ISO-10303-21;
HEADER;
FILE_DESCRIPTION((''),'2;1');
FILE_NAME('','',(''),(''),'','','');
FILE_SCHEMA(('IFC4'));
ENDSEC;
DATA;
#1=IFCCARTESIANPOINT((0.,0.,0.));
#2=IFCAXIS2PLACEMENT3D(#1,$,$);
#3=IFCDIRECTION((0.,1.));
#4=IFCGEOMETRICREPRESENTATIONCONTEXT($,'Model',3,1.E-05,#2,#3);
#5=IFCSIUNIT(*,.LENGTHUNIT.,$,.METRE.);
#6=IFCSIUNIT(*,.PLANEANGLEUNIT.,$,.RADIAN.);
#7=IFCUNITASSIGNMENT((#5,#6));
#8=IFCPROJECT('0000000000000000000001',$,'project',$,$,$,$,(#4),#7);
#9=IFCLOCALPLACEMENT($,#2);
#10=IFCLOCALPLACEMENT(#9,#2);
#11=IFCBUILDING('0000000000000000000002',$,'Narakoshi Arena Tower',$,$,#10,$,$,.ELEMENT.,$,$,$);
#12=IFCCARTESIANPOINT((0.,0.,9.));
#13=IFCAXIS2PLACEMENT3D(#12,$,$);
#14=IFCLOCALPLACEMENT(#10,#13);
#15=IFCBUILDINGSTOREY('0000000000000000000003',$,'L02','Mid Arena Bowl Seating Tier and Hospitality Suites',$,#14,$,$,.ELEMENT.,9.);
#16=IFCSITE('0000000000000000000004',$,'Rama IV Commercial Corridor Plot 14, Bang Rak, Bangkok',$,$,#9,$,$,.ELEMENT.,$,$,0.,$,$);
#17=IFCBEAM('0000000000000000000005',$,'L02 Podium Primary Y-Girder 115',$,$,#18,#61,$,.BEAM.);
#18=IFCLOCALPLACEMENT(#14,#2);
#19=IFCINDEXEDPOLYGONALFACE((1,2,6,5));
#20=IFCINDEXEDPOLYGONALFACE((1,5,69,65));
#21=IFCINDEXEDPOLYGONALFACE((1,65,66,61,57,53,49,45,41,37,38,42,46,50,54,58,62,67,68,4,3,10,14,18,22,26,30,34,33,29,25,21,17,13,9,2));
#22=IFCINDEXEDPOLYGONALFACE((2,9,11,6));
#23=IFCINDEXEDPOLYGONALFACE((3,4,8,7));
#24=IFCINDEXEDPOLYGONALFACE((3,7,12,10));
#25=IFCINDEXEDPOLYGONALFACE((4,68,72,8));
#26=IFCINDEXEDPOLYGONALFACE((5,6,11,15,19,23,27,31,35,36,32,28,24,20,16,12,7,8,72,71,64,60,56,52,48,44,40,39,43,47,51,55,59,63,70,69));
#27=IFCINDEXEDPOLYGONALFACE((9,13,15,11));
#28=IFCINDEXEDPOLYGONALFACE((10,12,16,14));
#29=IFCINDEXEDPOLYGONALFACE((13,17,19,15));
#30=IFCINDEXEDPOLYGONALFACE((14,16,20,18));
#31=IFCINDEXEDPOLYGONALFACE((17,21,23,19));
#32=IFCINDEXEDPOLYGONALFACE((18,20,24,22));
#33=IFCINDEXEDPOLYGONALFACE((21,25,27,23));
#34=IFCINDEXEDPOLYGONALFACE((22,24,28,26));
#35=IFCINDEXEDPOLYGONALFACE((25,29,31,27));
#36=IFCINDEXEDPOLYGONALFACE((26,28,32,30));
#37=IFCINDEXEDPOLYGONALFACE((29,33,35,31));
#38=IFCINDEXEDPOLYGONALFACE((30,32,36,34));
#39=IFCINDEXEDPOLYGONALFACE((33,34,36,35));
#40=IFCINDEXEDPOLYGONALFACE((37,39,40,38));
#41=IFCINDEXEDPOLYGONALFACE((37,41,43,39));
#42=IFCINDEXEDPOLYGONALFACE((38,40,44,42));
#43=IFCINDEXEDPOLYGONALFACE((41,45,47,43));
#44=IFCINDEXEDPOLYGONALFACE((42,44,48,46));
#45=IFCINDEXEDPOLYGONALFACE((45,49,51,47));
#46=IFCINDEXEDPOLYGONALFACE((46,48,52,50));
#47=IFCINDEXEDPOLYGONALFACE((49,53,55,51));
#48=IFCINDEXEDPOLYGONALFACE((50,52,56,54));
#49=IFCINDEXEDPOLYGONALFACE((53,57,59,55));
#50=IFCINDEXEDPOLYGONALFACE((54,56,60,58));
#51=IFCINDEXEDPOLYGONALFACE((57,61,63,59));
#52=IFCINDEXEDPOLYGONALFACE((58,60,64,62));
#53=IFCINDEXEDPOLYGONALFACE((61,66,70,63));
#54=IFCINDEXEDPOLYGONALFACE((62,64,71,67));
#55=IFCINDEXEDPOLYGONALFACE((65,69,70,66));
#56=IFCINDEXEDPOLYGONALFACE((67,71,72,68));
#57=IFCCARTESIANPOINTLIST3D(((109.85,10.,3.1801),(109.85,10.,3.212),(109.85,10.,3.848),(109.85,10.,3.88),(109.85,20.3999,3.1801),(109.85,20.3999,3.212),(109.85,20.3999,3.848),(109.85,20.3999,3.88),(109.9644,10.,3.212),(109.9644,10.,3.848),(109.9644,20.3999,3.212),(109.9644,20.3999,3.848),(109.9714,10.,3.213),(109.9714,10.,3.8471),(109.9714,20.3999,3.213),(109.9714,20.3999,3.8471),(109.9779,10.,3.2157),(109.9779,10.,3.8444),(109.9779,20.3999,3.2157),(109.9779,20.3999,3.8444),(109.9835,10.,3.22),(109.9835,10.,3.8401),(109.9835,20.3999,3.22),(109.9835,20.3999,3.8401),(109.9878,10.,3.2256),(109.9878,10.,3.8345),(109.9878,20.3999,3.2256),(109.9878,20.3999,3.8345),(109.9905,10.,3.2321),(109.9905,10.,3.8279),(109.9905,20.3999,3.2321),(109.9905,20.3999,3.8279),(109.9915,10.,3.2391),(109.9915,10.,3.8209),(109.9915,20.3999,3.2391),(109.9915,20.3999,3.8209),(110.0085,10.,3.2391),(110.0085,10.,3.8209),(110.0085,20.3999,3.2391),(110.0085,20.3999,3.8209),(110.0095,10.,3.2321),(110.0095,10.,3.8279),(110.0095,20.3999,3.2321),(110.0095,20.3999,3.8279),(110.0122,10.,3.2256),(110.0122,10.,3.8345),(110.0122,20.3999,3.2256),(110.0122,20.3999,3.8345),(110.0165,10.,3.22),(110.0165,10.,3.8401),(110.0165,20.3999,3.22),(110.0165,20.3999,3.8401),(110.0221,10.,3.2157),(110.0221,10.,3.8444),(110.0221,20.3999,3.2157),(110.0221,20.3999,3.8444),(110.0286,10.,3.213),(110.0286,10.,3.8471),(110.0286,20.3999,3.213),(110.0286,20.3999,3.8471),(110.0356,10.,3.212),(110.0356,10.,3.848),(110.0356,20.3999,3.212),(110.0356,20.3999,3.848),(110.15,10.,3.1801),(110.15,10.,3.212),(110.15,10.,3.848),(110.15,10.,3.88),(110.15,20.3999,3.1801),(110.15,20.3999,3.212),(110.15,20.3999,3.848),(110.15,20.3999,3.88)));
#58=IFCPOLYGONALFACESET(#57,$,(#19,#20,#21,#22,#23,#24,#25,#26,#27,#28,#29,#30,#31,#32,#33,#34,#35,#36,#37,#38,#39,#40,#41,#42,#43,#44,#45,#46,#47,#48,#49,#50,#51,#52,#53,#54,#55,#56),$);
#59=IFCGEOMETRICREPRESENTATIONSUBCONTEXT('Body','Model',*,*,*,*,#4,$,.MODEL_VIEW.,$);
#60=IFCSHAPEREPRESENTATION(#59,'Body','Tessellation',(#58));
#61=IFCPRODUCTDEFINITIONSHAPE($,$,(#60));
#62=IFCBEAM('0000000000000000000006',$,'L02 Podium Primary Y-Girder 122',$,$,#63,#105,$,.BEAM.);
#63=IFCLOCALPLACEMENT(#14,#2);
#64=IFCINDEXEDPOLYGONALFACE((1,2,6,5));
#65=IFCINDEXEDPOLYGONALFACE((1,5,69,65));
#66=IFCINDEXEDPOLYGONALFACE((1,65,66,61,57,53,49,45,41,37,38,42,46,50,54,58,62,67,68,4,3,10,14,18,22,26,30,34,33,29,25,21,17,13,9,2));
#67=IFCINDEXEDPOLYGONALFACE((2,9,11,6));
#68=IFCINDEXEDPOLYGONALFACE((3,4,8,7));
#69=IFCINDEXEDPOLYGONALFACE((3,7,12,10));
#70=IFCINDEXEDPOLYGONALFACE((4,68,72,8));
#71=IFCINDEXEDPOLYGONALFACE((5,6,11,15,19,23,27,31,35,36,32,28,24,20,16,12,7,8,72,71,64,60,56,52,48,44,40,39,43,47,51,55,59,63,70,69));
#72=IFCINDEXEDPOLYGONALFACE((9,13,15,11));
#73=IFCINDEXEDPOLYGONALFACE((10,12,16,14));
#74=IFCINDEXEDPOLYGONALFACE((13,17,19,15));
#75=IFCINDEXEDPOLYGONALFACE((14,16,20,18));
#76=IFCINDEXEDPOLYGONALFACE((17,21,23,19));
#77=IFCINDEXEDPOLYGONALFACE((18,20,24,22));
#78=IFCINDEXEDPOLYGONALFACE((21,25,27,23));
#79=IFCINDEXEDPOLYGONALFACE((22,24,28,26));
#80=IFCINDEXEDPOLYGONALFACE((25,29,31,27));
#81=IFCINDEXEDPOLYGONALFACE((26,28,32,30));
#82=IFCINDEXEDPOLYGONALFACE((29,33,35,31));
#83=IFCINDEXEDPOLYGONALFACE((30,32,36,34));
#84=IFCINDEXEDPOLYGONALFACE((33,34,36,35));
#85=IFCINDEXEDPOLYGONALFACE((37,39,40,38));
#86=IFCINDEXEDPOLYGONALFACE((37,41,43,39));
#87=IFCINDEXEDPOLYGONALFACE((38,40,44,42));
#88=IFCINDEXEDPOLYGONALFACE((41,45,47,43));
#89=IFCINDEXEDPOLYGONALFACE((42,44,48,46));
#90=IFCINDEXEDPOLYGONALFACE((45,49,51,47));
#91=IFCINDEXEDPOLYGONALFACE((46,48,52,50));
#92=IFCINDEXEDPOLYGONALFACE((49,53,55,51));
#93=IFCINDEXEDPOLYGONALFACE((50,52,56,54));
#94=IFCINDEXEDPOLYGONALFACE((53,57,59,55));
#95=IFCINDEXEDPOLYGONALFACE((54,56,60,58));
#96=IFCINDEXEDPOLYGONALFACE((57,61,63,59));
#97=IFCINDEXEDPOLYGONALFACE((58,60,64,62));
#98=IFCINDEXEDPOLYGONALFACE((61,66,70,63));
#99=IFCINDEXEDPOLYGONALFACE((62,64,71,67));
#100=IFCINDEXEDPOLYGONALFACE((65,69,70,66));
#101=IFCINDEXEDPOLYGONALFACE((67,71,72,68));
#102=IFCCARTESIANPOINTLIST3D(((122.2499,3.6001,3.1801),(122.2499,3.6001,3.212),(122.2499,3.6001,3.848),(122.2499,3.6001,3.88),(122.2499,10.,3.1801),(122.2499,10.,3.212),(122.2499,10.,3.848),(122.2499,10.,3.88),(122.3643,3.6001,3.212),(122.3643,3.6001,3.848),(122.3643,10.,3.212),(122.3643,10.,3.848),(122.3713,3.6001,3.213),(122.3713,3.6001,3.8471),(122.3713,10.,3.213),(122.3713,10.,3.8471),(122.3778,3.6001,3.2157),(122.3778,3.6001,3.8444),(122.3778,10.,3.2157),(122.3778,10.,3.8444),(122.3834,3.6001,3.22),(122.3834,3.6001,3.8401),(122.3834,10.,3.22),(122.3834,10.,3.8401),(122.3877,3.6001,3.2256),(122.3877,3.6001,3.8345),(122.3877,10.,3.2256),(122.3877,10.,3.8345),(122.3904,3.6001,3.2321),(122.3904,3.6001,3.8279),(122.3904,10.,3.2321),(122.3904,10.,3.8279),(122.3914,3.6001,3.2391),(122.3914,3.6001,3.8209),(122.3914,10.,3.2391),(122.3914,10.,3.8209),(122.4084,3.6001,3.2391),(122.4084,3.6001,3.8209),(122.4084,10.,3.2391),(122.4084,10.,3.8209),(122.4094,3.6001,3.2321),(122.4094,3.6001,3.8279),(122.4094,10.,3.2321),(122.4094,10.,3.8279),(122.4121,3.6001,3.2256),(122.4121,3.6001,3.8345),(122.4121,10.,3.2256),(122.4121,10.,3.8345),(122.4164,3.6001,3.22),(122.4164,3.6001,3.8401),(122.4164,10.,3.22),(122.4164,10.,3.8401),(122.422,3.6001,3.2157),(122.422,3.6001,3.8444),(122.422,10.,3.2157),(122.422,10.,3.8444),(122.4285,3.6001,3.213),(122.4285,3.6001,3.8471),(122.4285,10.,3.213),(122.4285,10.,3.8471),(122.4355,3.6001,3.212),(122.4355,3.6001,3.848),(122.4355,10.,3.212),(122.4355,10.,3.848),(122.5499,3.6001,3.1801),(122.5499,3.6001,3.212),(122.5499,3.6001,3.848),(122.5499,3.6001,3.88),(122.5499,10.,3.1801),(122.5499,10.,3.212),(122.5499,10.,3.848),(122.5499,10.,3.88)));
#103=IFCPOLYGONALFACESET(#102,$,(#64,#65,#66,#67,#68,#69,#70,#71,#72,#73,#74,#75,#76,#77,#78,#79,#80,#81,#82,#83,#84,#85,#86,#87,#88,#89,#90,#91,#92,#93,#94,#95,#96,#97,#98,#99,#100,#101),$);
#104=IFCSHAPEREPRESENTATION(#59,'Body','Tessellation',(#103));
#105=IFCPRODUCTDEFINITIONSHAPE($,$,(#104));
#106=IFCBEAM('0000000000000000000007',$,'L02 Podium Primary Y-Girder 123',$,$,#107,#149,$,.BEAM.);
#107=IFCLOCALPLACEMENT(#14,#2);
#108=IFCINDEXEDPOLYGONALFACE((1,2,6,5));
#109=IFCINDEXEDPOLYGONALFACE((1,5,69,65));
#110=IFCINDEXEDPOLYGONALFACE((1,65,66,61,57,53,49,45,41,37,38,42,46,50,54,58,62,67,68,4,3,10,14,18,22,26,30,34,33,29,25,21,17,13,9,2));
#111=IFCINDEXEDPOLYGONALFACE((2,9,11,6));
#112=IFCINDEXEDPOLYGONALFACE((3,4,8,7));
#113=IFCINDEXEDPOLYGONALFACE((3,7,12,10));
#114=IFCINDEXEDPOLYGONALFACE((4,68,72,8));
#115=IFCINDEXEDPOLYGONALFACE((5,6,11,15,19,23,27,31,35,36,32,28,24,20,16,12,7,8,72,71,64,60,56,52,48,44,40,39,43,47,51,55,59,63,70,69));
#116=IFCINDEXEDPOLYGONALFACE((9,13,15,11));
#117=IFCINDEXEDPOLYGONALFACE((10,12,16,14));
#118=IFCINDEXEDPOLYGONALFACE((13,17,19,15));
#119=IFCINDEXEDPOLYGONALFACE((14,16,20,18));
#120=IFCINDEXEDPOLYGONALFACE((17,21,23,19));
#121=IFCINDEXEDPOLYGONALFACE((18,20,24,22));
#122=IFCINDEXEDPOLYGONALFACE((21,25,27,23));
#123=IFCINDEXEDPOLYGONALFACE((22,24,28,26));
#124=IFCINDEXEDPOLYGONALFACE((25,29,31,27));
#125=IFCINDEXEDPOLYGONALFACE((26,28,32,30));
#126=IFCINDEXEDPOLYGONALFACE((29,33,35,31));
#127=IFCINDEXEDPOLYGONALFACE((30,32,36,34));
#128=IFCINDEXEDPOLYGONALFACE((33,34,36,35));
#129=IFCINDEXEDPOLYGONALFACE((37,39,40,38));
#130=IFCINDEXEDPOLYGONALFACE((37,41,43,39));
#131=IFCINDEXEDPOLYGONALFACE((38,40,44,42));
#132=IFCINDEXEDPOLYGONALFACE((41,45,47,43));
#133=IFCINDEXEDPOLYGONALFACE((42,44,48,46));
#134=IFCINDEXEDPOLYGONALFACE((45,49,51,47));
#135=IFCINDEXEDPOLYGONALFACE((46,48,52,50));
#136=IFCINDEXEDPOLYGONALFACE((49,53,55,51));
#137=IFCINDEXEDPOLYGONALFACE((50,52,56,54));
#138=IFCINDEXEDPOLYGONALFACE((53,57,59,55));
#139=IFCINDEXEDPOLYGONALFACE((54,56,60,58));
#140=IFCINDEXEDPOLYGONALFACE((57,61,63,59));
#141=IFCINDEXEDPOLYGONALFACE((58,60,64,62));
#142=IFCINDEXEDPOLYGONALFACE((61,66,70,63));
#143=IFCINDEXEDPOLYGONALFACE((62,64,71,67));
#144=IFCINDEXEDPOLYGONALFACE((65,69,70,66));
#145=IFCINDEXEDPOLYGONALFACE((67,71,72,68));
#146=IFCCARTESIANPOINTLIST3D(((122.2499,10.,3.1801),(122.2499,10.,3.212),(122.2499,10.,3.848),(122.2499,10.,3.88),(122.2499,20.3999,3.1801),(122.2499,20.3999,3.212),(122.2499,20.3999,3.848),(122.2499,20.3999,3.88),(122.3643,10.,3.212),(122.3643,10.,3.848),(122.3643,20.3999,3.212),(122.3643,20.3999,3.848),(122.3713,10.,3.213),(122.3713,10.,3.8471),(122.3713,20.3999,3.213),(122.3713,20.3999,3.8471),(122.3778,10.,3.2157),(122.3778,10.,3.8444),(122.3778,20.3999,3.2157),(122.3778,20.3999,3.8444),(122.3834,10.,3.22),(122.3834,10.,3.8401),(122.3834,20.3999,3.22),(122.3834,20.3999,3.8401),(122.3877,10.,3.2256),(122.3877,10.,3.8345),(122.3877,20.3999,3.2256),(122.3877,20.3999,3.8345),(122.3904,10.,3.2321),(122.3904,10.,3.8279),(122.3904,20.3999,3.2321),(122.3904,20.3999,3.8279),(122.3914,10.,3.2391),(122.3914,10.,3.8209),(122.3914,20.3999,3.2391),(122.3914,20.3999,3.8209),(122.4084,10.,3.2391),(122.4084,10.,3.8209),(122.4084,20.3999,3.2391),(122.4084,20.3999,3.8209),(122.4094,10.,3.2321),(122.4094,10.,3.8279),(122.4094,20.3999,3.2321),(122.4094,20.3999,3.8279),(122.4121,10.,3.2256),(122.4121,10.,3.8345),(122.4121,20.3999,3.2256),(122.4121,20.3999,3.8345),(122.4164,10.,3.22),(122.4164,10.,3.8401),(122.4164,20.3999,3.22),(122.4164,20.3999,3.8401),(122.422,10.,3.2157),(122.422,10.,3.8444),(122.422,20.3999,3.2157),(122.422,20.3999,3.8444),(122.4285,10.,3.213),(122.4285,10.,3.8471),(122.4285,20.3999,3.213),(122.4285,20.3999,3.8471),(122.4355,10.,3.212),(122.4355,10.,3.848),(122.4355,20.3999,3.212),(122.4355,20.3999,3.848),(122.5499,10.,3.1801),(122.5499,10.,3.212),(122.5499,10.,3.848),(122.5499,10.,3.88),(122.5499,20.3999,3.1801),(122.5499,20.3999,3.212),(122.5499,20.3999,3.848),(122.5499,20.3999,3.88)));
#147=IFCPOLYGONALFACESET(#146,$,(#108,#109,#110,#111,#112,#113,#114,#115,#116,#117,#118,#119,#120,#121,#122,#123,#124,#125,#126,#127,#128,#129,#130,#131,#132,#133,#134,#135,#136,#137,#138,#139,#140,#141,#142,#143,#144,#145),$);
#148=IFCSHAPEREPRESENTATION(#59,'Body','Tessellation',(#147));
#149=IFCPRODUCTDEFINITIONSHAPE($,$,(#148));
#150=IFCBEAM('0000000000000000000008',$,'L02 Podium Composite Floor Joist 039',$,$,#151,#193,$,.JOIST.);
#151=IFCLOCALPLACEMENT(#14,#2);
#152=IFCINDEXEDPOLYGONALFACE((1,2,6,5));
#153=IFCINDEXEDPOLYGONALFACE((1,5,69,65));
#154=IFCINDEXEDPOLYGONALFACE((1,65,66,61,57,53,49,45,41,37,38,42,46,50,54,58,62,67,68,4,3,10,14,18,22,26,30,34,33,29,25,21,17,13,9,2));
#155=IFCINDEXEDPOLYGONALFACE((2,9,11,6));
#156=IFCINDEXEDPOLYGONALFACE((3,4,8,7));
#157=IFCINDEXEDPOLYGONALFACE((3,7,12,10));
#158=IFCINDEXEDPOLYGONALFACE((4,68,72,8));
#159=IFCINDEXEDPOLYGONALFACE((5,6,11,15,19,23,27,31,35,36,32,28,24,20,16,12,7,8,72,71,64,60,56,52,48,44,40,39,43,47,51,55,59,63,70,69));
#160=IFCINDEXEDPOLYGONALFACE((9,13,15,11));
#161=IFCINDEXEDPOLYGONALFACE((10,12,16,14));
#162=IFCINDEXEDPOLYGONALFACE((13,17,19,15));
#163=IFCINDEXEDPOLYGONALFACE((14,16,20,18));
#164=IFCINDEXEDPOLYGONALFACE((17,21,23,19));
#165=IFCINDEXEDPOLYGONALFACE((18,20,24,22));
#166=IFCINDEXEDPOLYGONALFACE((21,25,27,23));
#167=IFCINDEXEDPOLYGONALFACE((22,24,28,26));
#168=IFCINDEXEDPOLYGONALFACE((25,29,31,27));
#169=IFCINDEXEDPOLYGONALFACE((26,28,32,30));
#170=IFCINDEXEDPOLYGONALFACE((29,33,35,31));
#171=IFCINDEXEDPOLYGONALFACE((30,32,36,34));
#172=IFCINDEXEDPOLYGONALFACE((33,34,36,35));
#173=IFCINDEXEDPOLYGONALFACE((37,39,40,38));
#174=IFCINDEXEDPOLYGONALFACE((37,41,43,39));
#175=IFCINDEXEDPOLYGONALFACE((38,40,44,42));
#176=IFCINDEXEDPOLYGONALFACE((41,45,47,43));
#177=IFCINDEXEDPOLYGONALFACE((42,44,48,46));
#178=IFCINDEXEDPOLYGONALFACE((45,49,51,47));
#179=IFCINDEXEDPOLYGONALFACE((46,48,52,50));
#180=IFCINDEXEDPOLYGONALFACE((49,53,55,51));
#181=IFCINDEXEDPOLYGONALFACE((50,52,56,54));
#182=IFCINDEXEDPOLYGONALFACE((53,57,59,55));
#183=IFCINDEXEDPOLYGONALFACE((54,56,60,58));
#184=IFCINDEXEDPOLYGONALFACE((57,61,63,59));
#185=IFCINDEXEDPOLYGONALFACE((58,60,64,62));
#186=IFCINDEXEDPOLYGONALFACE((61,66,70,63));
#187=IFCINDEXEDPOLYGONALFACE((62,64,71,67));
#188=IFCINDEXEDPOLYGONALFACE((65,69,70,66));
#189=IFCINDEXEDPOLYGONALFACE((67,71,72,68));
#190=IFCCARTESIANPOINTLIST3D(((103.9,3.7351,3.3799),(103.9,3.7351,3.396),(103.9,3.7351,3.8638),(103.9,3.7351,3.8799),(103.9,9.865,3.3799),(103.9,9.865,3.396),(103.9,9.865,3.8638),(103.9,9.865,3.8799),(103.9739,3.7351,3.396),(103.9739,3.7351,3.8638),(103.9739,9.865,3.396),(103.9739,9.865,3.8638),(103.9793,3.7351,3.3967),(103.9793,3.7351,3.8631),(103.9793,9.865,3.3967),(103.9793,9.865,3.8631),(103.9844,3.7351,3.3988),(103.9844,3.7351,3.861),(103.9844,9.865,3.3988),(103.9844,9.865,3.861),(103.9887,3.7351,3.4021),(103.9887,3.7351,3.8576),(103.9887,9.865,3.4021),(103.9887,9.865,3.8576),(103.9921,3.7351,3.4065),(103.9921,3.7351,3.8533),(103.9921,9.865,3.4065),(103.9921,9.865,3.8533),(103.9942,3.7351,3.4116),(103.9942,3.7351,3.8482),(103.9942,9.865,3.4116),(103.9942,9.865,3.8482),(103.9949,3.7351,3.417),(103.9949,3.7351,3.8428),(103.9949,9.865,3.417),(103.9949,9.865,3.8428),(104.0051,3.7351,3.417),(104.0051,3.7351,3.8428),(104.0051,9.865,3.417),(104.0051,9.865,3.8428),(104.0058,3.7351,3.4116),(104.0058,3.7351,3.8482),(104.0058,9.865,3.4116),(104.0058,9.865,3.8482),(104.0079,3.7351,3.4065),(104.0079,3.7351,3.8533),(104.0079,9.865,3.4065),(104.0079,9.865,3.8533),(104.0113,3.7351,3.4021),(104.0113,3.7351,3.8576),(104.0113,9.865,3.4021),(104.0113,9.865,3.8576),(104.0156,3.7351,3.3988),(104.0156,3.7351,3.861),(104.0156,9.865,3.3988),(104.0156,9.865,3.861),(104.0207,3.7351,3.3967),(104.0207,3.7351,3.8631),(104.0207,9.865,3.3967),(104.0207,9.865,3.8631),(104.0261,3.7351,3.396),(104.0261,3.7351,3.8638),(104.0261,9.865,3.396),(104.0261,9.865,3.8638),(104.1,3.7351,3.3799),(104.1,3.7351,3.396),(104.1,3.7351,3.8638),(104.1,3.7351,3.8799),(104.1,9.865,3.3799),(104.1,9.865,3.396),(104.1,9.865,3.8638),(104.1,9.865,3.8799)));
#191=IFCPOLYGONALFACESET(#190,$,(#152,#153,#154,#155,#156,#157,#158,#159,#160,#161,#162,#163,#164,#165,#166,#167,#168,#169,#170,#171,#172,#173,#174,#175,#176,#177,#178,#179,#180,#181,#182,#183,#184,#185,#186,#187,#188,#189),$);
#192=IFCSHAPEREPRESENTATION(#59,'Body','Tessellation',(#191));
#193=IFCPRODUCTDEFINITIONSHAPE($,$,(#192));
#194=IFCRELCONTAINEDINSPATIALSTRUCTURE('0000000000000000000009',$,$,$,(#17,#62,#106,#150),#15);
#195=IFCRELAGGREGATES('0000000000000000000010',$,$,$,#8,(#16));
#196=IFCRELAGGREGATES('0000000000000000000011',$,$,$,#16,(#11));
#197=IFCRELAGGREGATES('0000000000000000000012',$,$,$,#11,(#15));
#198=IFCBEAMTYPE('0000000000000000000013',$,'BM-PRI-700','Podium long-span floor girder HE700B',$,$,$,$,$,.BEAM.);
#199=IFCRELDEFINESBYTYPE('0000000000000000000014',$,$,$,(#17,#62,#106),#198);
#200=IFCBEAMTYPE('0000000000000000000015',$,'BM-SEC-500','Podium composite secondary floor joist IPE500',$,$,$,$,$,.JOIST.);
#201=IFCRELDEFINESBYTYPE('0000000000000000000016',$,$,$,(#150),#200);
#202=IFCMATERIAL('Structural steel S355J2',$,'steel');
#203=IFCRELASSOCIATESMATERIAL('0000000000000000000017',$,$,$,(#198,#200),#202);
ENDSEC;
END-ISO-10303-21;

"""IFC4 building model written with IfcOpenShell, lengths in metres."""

from ifc_helpers import new_model, si_unit, direction, frame, origin, origin_2d, place, context, subcontext, project, spatial, i_section, extrude, material, material_profile, profile_set, type_object, element, save


model = new_model("IFC4")

# Units and contexts
model_context = context("Model", 3, precision=1e-05, world=origin(), true_north=direction((0.0, 1.0)))
body_context = subcontext(model_context, "Body", "Model", "MODEL_VIEW")
ifc_project = project(units=[si_unit("LENGTHUNIT", "METRE"), si_unit("PLANEANGLEUNIT", "RADIAN")], contexts=[model_context])

# Site, building, storey
site_placement = place(None, origin())
site = spatial("IfcSite", under=ifc_project, at=site_placement, Name="Rama IV Commercial Corridor Plot 14, Bang Rak, Bangkok", CompositionType="ELEMENT", RefElevation=0.0)
building_placement = place(site_placement, origin())
building = spatial("IfcBuilding", under=site, at=building_placement, Name="Narakoshi Arena Tower", CompositionType="ELEMENT")
storey_placement = place(building_placement, frame((0.0, 0.0, 9.0)))
storey = spatial("IfcBuildingStorey", under=building, at=storey_placement, Name="L02", Description="Mid Arena Bowl Seating Tier and Hospitality Suites", CompositionType="ELEMENT", Elevation=9.0)

# Beams
ifc_material_1 = material(Name="Structural steel S355J2", Category="steel")
ifc_material_profile_1 = material_profile(ifc_material_1, i_section(OverallWidth=0.3, OverallDepth=0.7, WebThickness=0.0171, FlangeThickness=0.032, FilletRadius=0.0271, at=origin_2d()), Name="HE700B")
ifc_profile_set_1 = profile_set([ifc_material_profile_1], Name="Structural steel S355J2")
beam_type_1 = type_object("IfcBeamType", Name="BM-PRI-700", Description="Podium long-span floor girder HE700B", PredefinedType="BEAM", material=ifc_profile_set_1)
beam_1_placement = place(storey_placement, frame((110.0, 10.0, 3.53), z_axis=(0.0, 1.0, 0.0), x_axis=(-1.0, 0.0, 0.0)))
element("IfcBeam", 1, at=beam_1_placement, inside=storey, type_object=beam_type_1, Name="L02 Podium Primary Y-Girder 115", PredefinedType="BEAM", context=body_context, shape_type="SweptSolid", body=[
    extrude(i_section(OverallWidth=0.3, OverallDepth=0.7, WebThickness=0.0171, FlangeThickness=0.032, FilletRadius=0.0271, at=origin_2d()), origin(), (0.0, 0.0, 1.0), 10.3999),
])
beam_2_placement = place(storey_placement, frame((122.3999, 3.6001, 3.53), z_axis=(0.0, 1.0, 0.0), x_axis=(-1.0, 0.0, 0.0)))
element("IfcBeam", 2, at=beam_2_placement, inside=storey, type_object=beam_type_1, Name="L02 Podium Primary Y-Girder 122", PredefinedType="BEAM", context=body_context, shape_type="SweptSolid", body=[
    extrude(i_section(OverallWidth=0.3, OverallDepth=0.7, WebThickness=0.0171, FlangeThickness=0.032, FilletRadius=0.0271, at=origin_2d()), origin(), (0.0, 0.0, 1.0), 6.3999),
])
beam_3_placement = place(storey_placement, frame((122.3999, 10.0, 3.53), z_axis=(0.0, 1.0, 0.0), x_axis=(-1.0, 0.0, 0.0)))
element("IfcBeam", 3, at=beam_3_placement, inside=storey, type_object=beam_type_1, Name="L02 Podium Primary Y-Girder 123", PredefinedType="BEAM", context=body_context, shape_type="SweptSolid", body=[
    extrude(i_section(OverallWidth=0.3, OverallDepth=0.7, WebThickness=0.0171, FlangeThickness=0.032, FilletRadius=0.0271, at=origin_2d()), origin(), (0.0, 0.0, 1.0), 10.3999),
])
ifc_material_profile_2 = material_profile(ifc_material_1, i_section(OverallWidth=0.2, OverallDepth=0.5, WebThickness=0.0103, FlangeThickness=0.0161, FilletRadius=0.021, at=origin_2d()), Name="IPE500")
ifc_profile_set_2 = profile_set([ifc_material_profile_2], Name="Structural steel S355J2")
beam_type_2 = type_object("IfcBeamType", Name="BM-SEC-500", Description="Podium composite secondary floor joist IPE500", PredefinedType="JOIST", material=ifc_profile_set_2)
beam_4_placement = place(storey_placement, frame((104.0, 3.7351, 3.6299), z_axis=(0.0, 1.0, 0.0), x_axis=(-1.0, 0.0, 0.0)))
element("IfcBeam", 4, at=beam_4_placement, inside=storey, type_object=beam_type_2, Name="L02 Podium Composite Floor Joist 039", PredefinedType="JOIST", context=body_context, shape_type="SweptSolid", body=[
    extrude(i_section(OverallWidth=0.2, OverallDepth=0.5, WebThickness=0.0103, FlangeThickness=0.0161, FilletRadius=0.021, at=origin_2d()), origin(), (0.0, 0.0, 1.0), 6.1299),
])

save(model, "model.ifc")
